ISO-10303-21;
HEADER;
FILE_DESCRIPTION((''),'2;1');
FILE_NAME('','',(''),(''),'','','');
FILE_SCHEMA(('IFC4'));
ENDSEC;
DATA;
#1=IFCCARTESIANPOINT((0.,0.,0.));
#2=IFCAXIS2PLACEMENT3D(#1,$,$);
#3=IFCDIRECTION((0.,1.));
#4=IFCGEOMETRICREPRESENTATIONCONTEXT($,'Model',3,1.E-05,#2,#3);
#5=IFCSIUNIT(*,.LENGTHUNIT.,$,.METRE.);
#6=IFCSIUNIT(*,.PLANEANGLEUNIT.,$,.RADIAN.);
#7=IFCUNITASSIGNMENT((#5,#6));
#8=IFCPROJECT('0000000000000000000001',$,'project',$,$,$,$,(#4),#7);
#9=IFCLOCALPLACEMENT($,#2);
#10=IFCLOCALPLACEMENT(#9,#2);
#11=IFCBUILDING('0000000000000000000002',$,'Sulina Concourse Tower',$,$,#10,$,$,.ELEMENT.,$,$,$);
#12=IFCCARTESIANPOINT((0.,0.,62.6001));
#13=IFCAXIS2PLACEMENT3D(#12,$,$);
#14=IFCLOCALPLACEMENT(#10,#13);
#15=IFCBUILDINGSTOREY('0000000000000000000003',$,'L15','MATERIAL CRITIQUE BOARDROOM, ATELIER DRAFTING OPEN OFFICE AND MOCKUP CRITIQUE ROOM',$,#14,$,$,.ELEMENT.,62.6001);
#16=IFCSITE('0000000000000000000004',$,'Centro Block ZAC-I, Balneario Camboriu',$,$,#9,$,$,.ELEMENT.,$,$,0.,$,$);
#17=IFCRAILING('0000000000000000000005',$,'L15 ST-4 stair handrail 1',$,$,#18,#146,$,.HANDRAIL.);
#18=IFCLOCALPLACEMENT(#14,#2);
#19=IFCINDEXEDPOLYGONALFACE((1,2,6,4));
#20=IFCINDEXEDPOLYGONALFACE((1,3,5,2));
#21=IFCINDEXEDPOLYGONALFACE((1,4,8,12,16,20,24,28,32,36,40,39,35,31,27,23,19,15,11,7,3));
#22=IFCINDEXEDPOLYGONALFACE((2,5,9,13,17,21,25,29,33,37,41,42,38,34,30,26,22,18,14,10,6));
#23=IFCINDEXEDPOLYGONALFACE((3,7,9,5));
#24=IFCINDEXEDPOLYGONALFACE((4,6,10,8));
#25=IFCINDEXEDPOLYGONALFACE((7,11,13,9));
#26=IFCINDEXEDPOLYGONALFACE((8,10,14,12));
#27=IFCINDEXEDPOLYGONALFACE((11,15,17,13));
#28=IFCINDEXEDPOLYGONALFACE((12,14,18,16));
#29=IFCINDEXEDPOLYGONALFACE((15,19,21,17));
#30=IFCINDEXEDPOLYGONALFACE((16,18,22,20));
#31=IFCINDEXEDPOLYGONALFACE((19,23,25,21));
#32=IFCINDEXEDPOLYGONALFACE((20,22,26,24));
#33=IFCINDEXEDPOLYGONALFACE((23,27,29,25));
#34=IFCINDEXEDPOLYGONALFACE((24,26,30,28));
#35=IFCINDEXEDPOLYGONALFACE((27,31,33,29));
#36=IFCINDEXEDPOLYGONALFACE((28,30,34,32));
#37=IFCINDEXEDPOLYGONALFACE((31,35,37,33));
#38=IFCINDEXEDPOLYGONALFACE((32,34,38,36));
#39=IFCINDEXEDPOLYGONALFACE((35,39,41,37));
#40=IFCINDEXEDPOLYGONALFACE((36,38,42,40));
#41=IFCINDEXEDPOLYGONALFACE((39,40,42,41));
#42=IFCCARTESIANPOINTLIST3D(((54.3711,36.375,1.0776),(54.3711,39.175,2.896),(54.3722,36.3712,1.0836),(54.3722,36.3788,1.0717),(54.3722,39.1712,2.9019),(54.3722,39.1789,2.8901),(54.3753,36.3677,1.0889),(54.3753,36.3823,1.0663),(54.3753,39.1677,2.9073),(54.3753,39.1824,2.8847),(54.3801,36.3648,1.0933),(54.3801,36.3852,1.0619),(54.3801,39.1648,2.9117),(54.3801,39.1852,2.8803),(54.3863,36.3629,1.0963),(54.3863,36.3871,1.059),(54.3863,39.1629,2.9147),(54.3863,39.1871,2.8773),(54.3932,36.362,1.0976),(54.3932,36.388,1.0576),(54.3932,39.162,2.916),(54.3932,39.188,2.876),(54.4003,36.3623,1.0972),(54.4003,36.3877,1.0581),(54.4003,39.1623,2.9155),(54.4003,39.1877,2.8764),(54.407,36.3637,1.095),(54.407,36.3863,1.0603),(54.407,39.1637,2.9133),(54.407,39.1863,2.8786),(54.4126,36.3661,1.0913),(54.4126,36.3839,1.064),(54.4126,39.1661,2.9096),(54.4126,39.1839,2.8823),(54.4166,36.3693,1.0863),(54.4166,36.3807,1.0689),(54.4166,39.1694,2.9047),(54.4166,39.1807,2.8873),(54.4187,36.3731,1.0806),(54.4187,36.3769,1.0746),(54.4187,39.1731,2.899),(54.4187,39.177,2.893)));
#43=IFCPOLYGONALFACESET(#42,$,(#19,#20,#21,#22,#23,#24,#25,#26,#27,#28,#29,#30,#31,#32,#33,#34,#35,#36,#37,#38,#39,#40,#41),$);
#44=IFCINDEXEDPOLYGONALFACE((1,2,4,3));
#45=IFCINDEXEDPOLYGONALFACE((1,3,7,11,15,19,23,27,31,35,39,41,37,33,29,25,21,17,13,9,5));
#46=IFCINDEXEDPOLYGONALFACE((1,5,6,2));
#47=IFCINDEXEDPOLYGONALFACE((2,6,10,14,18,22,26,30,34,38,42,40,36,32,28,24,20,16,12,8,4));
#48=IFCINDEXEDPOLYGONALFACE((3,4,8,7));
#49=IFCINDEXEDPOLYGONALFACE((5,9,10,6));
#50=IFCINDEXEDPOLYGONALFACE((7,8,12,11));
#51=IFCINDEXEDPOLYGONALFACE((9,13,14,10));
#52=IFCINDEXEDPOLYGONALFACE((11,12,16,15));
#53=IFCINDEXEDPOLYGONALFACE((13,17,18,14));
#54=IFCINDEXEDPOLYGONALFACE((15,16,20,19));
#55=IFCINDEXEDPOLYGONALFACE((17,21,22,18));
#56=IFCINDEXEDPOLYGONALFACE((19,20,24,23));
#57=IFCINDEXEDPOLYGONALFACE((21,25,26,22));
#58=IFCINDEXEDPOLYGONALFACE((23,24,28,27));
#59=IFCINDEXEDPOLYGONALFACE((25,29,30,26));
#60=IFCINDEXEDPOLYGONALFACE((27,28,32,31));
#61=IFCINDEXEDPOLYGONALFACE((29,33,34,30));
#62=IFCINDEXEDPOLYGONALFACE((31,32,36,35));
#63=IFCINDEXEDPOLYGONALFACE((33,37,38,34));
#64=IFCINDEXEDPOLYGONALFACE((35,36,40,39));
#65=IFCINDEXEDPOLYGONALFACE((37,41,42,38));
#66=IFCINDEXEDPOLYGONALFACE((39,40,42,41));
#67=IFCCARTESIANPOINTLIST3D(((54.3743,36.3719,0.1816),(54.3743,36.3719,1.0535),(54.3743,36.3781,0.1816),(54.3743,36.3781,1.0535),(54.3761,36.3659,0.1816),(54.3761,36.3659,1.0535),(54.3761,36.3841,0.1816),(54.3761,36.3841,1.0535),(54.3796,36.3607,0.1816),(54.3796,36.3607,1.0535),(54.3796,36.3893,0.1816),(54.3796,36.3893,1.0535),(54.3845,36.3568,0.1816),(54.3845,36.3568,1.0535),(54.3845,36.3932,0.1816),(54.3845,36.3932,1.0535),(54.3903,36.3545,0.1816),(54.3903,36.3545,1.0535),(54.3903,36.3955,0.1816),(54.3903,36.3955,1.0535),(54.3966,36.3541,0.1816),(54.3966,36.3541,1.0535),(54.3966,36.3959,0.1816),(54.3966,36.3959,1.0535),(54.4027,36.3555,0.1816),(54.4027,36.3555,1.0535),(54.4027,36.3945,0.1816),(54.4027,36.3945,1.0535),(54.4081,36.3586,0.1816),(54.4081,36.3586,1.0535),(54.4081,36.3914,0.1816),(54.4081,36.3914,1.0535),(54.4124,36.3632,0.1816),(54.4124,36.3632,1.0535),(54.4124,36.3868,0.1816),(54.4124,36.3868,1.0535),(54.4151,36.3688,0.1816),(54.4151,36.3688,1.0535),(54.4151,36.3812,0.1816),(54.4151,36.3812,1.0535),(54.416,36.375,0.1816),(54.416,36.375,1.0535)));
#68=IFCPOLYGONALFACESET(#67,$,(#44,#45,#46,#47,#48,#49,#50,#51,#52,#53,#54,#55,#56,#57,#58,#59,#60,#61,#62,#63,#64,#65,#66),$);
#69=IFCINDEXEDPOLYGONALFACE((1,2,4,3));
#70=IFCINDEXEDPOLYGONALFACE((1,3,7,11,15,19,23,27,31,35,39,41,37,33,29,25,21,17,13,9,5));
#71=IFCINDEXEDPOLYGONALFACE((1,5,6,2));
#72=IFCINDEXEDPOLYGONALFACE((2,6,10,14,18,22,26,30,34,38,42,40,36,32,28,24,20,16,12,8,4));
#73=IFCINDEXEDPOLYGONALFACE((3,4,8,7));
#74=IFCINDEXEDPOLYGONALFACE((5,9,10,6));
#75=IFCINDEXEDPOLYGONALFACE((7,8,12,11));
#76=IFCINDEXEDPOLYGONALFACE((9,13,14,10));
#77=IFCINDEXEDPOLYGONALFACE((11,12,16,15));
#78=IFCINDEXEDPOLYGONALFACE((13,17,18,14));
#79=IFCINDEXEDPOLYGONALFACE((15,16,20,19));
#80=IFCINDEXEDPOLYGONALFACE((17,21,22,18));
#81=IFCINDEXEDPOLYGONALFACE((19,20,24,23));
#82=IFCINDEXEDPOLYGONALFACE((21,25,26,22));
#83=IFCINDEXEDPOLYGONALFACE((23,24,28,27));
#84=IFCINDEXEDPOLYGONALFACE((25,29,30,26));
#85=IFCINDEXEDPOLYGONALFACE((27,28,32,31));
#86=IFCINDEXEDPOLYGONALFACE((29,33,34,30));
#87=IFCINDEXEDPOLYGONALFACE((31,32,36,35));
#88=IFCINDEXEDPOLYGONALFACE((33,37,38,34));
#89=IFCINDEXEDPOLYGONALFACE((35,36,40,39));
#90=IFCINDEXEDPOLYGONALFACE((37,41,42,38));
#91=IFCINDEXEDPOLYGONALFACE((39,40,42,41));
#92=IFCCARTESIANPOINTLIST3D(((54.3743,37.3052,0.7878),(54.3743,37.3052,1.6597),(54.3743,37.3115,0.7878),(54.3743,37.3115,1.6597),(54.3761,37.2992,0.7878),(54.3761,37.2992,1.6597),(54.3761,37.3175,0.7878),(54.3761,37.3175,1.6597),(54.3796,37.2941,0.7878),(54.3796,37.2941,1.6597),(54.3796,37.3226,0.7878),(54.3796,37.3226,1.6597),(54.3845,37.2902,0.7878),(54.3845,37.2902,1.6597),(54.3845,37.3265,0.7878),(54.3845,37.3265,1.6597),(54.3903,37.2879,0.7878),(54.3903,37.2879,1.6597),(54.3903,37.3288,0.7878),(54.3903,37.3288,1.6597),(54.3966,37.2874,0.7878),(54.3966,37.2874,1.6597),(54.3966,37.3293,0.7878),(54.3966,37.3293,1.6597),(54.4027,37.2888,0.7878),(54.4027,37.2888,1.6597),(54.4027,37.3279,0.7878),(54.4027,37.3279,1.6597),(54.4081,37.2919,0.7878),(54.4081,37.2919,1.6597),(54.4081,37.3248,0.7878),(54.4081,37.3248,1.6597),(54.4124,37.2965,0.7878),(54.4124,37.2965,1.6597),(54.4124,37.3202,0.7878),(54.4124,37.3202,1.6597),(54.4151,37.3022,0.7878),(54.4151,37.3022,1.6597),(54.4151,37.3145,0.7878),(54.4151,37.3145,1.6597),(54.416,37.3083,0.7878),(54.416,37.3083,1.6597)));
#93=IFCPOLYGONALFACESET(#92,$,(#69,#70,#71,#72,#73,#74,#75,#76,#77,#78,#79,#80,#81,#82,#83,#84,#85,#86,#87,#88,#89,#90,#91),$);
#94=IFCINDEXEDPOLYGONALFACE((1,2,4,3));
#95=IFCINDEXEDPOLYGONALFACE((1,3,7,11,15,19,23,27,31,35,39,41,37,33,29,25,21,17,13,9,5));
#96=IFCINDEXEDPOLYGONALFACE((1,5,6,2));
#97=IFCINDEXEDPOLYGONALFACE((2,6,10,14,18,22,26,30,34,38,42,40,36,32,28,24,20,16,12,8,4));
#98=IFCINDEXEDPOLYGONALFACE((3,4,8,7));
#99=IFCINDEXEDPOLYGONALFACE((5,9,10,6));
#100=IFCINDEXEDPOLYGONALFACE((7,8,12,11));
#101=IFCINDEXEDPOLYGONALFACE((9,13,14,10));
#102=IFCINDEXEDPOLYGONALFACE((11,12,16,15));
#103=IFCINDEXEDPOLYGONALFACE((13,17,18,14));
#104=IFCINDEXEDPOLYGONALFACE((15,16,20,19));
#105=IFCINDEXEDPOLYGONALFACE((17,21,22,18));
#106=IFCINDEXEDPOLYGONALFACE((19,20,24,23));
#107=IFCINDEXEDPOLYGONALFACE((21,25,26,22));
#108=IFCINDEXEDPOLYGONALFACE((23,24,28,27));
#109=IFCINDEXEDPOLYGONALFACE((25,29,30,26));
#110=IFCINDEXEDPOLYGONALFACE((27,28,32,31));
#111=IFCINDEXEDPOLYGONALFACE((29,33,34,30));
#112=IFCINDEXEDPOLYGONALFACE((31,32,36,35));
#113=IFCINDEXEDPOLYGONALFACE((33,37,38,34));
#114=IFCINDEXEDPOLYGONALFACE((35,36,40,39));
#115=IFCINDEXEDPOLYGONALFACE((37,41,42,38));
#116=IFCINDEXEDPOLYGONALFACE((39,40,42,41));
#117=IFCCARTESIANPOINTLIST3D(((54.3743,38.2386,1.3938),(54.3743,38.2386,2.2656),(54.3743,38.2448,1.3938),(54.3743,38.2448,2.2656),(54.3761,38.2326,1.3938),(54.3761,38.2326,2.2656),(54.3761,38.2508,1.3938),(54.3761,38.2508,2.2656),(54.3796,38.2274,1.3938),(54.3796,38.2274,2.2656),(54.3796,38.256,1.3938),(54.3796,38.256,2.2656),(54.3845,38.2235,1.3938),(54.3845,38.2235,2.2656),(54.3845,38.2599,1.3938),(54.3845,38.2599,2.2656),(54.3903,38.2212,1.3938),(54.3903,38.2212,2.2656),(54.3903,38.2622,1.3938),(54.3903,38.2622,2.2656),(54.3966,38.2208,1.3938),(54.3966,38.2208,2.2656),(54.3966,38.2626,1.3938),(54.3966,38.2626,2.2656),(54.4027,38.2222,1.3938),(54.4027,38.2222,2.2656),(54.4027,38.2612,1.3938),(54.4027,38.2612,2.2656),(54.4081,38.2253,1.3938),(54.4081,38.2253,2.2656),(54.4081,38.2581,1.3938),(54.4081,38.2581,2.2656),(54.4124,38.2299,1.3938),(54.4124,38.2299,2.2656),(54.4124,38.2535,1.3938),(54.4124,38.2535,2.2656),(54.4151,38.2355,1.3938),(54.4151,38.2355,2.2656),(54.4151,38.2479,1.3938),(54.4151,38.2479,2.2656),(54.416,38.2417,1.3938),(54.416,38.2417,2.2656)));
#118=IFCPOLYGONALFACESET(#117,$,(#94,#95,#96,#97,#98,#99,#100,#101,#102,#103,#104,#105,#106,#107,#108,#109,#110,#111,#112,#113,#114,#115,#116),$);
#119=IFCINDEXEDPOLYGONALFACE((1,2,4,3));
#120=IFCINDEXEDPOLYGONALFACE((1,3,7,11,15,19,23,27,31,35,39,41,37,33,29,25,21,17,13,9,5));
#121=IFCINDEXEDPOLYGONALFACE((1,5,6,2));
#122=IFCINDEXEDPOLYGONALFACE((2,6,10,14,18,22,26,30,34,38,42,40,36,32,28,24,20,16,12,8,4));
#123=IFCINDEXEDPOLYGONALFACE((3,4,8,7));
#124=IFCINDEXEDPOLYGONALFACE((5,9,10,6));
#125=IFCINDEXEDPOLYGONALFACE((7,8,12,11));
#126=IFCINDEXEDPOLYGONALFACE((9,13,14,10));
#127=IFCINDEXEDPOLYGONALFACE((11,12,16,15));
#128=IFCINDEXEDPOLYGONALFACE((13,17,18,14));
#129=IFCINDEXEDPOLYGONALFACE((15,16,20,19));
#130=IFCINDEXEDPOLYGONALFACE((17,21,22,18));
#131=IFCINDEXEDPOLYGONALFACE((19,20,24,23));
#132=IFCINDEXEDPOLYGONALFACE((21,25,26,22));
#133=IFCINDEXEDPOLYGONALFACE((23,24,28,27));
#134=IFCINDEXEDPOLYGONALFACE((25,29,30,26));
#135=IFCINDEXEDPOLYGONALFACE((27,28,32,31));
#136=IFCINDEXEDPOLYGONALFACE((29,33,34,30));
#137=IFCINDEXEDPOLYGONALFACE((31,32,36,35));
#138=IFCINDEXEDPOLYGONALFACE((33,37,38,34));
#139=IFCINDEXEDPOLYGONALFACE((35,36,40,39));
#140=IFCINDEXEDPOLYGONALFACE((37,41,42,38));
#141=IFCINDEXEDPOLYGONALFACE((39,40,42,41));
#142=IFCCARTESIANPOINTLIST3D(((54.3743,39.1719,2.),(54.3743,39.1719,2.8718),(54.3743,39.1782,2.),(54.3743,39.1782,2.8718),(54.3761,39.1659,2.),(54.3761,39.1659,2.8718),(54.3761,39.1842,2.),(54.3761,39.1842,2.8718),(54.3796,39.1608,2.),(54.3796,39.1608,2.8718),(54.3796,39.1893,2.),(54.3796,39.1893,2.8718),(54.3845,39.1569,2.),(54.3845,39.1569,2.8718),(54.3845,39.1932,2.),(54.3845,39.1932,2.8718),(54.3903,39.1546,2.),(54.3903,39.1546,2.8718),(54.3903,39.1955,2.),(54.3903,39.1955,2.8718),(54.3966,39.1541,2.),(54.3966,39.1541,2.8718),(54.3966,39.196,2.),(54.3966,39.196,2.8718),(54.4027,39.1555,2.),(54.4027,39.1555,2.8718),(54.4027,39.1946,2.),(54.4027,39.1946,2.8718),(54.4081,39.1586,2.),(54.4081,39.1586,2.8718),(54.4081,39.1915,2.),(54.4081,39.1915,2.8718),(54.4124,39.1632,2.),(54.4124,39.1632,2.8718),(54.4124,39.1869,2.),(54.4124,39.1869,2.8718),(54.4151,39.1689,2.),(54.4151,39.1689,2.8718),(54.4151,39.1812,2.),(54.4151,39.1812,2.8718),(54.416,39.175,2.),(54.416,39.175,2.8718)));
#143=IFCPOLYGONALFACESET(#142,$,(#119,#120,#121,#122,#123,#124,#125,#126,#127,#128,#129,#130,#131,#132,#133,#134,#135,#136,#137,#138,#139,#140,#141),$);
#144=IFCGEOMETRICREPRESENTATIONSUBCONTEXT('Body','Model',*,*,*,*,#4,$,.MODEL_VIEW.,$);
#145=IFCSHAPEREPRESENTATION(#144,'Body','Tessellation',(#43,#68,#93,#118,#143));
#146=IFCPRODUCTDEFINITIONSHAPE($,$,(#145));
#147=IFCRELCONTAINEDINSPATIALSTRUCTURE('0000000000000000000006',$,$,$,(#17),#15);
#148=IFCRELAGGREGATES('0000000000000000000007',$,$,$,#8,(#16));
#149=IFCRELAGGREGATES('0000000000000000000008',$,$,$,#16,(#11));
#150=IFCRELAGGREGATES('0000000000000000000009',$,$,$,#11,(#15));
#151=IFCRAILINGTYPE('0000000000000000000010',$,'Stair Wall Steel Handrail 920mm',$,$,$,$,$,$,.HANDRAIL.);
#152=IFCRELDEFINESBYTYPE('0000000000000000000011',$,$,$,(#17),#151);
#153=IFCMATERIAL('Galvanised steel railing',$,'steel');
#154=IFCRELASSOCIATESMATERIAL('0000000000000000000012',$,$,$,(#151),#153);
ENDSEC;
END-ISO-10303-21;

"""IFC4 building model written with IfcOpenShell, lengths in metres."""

from ifc_helpers import new_model, si_unit, direction, frame, origin, origin_2d, place, context, subcontext, project, spatial, circle, extrude, material, type_object, element, save


model = new_model("IFC4")

# Units and contexts
model_context = context("Model", 3, precision=1e-05, world=origin(), true_north=direction((0.0, 1.0)))
body_context = subcontext(model_context, "Body", "Model", "MODEL_VIEW")
ifc_project = project(units=[si_unit("LENGTHUNIT", "METRE"), si_unit("PLANEANGLEUNIT", "RADIAN")], contexts=[model_context])

# Site, building, storey
site_placement = place(None, origin())
site = spatial("IfcSite", under=ifc_project, at=site_placement, Name="Centro Block ZAC-I, Balneario Camboriu", CompositionType="ELEMENT", RefElevation=0.0)
building_placement = place(site_placement, origin())
building = spatial("IfcBuilding", under=site, at=building_placement, Name="Sulina Concourse Tower", CompositionType="ELEMENT")
storey_placement = place(building_placement, frame((0.0, 0.0, 62.6001)))
storey = spatial("IfcBuildingStorey", under=building, at=storey_placement, Name="L15", Description="MATERIAL CRITIQUE BOARDROOM, ATELIER DRAFTING OPEN OFFICE AND MOCKUP CRITIQUE ROOM", CompositionType="ELEMENT", Elevation=62.6001)

# Railing
ifc_material_1 = material(Name="Galvanised steel railing", Category="steel")
railing_type_1 = type_object("IfcRailingType", Name="Stair Wall Steel Handrail 920mm", PredefinedType="HANDRAIL", material=ifc_material_1)
railing_1_placement = place(storey_placement, frame((54.395, 36.375, 0.1816)))
element("IfcRailing", 1, at=railing_1_placement, inside=storey, type_object=railing_type_1, Name="L15 ST-4 stair handrail 1", PredefinedType="HANDRAIL", context=body_context, shape_type="SweptSolid", body=[
    extrude(circle(Radius=0.0239, at=origin_2d()), frame((0.0, 0.0, 0.896), z_axis=(0.0, 0.838672, 0.544636), x_axis=(-1.0, 0.0, 0.0)), (0.0, 0.0, 1.0), 3.3386),
    extrude(circle(Radius=0.021, at=origin_2d()), origin(), (0.0, 0.0, 1.0), 0.8718),
    extrude(circle(Radius=0.021, at=origin_2d()), frame((0.0, 0.9333, 0.6062)), (0.0, 0.0, 1.0), 0.8718),
    extrude(circle(Radius=0.021, at=origin_2d()), frame((0.0, 1.8667, 1.2122)), (0.0, 0.0, 1.0), 0.8718),
    extrude(circle(Radius=0.021, at=origin_2d()), frame((0.0, 2.8, 1.8184)), (0.0, 0.0, 1.0), 0.8718),
])

save(model, "model.ifc")
